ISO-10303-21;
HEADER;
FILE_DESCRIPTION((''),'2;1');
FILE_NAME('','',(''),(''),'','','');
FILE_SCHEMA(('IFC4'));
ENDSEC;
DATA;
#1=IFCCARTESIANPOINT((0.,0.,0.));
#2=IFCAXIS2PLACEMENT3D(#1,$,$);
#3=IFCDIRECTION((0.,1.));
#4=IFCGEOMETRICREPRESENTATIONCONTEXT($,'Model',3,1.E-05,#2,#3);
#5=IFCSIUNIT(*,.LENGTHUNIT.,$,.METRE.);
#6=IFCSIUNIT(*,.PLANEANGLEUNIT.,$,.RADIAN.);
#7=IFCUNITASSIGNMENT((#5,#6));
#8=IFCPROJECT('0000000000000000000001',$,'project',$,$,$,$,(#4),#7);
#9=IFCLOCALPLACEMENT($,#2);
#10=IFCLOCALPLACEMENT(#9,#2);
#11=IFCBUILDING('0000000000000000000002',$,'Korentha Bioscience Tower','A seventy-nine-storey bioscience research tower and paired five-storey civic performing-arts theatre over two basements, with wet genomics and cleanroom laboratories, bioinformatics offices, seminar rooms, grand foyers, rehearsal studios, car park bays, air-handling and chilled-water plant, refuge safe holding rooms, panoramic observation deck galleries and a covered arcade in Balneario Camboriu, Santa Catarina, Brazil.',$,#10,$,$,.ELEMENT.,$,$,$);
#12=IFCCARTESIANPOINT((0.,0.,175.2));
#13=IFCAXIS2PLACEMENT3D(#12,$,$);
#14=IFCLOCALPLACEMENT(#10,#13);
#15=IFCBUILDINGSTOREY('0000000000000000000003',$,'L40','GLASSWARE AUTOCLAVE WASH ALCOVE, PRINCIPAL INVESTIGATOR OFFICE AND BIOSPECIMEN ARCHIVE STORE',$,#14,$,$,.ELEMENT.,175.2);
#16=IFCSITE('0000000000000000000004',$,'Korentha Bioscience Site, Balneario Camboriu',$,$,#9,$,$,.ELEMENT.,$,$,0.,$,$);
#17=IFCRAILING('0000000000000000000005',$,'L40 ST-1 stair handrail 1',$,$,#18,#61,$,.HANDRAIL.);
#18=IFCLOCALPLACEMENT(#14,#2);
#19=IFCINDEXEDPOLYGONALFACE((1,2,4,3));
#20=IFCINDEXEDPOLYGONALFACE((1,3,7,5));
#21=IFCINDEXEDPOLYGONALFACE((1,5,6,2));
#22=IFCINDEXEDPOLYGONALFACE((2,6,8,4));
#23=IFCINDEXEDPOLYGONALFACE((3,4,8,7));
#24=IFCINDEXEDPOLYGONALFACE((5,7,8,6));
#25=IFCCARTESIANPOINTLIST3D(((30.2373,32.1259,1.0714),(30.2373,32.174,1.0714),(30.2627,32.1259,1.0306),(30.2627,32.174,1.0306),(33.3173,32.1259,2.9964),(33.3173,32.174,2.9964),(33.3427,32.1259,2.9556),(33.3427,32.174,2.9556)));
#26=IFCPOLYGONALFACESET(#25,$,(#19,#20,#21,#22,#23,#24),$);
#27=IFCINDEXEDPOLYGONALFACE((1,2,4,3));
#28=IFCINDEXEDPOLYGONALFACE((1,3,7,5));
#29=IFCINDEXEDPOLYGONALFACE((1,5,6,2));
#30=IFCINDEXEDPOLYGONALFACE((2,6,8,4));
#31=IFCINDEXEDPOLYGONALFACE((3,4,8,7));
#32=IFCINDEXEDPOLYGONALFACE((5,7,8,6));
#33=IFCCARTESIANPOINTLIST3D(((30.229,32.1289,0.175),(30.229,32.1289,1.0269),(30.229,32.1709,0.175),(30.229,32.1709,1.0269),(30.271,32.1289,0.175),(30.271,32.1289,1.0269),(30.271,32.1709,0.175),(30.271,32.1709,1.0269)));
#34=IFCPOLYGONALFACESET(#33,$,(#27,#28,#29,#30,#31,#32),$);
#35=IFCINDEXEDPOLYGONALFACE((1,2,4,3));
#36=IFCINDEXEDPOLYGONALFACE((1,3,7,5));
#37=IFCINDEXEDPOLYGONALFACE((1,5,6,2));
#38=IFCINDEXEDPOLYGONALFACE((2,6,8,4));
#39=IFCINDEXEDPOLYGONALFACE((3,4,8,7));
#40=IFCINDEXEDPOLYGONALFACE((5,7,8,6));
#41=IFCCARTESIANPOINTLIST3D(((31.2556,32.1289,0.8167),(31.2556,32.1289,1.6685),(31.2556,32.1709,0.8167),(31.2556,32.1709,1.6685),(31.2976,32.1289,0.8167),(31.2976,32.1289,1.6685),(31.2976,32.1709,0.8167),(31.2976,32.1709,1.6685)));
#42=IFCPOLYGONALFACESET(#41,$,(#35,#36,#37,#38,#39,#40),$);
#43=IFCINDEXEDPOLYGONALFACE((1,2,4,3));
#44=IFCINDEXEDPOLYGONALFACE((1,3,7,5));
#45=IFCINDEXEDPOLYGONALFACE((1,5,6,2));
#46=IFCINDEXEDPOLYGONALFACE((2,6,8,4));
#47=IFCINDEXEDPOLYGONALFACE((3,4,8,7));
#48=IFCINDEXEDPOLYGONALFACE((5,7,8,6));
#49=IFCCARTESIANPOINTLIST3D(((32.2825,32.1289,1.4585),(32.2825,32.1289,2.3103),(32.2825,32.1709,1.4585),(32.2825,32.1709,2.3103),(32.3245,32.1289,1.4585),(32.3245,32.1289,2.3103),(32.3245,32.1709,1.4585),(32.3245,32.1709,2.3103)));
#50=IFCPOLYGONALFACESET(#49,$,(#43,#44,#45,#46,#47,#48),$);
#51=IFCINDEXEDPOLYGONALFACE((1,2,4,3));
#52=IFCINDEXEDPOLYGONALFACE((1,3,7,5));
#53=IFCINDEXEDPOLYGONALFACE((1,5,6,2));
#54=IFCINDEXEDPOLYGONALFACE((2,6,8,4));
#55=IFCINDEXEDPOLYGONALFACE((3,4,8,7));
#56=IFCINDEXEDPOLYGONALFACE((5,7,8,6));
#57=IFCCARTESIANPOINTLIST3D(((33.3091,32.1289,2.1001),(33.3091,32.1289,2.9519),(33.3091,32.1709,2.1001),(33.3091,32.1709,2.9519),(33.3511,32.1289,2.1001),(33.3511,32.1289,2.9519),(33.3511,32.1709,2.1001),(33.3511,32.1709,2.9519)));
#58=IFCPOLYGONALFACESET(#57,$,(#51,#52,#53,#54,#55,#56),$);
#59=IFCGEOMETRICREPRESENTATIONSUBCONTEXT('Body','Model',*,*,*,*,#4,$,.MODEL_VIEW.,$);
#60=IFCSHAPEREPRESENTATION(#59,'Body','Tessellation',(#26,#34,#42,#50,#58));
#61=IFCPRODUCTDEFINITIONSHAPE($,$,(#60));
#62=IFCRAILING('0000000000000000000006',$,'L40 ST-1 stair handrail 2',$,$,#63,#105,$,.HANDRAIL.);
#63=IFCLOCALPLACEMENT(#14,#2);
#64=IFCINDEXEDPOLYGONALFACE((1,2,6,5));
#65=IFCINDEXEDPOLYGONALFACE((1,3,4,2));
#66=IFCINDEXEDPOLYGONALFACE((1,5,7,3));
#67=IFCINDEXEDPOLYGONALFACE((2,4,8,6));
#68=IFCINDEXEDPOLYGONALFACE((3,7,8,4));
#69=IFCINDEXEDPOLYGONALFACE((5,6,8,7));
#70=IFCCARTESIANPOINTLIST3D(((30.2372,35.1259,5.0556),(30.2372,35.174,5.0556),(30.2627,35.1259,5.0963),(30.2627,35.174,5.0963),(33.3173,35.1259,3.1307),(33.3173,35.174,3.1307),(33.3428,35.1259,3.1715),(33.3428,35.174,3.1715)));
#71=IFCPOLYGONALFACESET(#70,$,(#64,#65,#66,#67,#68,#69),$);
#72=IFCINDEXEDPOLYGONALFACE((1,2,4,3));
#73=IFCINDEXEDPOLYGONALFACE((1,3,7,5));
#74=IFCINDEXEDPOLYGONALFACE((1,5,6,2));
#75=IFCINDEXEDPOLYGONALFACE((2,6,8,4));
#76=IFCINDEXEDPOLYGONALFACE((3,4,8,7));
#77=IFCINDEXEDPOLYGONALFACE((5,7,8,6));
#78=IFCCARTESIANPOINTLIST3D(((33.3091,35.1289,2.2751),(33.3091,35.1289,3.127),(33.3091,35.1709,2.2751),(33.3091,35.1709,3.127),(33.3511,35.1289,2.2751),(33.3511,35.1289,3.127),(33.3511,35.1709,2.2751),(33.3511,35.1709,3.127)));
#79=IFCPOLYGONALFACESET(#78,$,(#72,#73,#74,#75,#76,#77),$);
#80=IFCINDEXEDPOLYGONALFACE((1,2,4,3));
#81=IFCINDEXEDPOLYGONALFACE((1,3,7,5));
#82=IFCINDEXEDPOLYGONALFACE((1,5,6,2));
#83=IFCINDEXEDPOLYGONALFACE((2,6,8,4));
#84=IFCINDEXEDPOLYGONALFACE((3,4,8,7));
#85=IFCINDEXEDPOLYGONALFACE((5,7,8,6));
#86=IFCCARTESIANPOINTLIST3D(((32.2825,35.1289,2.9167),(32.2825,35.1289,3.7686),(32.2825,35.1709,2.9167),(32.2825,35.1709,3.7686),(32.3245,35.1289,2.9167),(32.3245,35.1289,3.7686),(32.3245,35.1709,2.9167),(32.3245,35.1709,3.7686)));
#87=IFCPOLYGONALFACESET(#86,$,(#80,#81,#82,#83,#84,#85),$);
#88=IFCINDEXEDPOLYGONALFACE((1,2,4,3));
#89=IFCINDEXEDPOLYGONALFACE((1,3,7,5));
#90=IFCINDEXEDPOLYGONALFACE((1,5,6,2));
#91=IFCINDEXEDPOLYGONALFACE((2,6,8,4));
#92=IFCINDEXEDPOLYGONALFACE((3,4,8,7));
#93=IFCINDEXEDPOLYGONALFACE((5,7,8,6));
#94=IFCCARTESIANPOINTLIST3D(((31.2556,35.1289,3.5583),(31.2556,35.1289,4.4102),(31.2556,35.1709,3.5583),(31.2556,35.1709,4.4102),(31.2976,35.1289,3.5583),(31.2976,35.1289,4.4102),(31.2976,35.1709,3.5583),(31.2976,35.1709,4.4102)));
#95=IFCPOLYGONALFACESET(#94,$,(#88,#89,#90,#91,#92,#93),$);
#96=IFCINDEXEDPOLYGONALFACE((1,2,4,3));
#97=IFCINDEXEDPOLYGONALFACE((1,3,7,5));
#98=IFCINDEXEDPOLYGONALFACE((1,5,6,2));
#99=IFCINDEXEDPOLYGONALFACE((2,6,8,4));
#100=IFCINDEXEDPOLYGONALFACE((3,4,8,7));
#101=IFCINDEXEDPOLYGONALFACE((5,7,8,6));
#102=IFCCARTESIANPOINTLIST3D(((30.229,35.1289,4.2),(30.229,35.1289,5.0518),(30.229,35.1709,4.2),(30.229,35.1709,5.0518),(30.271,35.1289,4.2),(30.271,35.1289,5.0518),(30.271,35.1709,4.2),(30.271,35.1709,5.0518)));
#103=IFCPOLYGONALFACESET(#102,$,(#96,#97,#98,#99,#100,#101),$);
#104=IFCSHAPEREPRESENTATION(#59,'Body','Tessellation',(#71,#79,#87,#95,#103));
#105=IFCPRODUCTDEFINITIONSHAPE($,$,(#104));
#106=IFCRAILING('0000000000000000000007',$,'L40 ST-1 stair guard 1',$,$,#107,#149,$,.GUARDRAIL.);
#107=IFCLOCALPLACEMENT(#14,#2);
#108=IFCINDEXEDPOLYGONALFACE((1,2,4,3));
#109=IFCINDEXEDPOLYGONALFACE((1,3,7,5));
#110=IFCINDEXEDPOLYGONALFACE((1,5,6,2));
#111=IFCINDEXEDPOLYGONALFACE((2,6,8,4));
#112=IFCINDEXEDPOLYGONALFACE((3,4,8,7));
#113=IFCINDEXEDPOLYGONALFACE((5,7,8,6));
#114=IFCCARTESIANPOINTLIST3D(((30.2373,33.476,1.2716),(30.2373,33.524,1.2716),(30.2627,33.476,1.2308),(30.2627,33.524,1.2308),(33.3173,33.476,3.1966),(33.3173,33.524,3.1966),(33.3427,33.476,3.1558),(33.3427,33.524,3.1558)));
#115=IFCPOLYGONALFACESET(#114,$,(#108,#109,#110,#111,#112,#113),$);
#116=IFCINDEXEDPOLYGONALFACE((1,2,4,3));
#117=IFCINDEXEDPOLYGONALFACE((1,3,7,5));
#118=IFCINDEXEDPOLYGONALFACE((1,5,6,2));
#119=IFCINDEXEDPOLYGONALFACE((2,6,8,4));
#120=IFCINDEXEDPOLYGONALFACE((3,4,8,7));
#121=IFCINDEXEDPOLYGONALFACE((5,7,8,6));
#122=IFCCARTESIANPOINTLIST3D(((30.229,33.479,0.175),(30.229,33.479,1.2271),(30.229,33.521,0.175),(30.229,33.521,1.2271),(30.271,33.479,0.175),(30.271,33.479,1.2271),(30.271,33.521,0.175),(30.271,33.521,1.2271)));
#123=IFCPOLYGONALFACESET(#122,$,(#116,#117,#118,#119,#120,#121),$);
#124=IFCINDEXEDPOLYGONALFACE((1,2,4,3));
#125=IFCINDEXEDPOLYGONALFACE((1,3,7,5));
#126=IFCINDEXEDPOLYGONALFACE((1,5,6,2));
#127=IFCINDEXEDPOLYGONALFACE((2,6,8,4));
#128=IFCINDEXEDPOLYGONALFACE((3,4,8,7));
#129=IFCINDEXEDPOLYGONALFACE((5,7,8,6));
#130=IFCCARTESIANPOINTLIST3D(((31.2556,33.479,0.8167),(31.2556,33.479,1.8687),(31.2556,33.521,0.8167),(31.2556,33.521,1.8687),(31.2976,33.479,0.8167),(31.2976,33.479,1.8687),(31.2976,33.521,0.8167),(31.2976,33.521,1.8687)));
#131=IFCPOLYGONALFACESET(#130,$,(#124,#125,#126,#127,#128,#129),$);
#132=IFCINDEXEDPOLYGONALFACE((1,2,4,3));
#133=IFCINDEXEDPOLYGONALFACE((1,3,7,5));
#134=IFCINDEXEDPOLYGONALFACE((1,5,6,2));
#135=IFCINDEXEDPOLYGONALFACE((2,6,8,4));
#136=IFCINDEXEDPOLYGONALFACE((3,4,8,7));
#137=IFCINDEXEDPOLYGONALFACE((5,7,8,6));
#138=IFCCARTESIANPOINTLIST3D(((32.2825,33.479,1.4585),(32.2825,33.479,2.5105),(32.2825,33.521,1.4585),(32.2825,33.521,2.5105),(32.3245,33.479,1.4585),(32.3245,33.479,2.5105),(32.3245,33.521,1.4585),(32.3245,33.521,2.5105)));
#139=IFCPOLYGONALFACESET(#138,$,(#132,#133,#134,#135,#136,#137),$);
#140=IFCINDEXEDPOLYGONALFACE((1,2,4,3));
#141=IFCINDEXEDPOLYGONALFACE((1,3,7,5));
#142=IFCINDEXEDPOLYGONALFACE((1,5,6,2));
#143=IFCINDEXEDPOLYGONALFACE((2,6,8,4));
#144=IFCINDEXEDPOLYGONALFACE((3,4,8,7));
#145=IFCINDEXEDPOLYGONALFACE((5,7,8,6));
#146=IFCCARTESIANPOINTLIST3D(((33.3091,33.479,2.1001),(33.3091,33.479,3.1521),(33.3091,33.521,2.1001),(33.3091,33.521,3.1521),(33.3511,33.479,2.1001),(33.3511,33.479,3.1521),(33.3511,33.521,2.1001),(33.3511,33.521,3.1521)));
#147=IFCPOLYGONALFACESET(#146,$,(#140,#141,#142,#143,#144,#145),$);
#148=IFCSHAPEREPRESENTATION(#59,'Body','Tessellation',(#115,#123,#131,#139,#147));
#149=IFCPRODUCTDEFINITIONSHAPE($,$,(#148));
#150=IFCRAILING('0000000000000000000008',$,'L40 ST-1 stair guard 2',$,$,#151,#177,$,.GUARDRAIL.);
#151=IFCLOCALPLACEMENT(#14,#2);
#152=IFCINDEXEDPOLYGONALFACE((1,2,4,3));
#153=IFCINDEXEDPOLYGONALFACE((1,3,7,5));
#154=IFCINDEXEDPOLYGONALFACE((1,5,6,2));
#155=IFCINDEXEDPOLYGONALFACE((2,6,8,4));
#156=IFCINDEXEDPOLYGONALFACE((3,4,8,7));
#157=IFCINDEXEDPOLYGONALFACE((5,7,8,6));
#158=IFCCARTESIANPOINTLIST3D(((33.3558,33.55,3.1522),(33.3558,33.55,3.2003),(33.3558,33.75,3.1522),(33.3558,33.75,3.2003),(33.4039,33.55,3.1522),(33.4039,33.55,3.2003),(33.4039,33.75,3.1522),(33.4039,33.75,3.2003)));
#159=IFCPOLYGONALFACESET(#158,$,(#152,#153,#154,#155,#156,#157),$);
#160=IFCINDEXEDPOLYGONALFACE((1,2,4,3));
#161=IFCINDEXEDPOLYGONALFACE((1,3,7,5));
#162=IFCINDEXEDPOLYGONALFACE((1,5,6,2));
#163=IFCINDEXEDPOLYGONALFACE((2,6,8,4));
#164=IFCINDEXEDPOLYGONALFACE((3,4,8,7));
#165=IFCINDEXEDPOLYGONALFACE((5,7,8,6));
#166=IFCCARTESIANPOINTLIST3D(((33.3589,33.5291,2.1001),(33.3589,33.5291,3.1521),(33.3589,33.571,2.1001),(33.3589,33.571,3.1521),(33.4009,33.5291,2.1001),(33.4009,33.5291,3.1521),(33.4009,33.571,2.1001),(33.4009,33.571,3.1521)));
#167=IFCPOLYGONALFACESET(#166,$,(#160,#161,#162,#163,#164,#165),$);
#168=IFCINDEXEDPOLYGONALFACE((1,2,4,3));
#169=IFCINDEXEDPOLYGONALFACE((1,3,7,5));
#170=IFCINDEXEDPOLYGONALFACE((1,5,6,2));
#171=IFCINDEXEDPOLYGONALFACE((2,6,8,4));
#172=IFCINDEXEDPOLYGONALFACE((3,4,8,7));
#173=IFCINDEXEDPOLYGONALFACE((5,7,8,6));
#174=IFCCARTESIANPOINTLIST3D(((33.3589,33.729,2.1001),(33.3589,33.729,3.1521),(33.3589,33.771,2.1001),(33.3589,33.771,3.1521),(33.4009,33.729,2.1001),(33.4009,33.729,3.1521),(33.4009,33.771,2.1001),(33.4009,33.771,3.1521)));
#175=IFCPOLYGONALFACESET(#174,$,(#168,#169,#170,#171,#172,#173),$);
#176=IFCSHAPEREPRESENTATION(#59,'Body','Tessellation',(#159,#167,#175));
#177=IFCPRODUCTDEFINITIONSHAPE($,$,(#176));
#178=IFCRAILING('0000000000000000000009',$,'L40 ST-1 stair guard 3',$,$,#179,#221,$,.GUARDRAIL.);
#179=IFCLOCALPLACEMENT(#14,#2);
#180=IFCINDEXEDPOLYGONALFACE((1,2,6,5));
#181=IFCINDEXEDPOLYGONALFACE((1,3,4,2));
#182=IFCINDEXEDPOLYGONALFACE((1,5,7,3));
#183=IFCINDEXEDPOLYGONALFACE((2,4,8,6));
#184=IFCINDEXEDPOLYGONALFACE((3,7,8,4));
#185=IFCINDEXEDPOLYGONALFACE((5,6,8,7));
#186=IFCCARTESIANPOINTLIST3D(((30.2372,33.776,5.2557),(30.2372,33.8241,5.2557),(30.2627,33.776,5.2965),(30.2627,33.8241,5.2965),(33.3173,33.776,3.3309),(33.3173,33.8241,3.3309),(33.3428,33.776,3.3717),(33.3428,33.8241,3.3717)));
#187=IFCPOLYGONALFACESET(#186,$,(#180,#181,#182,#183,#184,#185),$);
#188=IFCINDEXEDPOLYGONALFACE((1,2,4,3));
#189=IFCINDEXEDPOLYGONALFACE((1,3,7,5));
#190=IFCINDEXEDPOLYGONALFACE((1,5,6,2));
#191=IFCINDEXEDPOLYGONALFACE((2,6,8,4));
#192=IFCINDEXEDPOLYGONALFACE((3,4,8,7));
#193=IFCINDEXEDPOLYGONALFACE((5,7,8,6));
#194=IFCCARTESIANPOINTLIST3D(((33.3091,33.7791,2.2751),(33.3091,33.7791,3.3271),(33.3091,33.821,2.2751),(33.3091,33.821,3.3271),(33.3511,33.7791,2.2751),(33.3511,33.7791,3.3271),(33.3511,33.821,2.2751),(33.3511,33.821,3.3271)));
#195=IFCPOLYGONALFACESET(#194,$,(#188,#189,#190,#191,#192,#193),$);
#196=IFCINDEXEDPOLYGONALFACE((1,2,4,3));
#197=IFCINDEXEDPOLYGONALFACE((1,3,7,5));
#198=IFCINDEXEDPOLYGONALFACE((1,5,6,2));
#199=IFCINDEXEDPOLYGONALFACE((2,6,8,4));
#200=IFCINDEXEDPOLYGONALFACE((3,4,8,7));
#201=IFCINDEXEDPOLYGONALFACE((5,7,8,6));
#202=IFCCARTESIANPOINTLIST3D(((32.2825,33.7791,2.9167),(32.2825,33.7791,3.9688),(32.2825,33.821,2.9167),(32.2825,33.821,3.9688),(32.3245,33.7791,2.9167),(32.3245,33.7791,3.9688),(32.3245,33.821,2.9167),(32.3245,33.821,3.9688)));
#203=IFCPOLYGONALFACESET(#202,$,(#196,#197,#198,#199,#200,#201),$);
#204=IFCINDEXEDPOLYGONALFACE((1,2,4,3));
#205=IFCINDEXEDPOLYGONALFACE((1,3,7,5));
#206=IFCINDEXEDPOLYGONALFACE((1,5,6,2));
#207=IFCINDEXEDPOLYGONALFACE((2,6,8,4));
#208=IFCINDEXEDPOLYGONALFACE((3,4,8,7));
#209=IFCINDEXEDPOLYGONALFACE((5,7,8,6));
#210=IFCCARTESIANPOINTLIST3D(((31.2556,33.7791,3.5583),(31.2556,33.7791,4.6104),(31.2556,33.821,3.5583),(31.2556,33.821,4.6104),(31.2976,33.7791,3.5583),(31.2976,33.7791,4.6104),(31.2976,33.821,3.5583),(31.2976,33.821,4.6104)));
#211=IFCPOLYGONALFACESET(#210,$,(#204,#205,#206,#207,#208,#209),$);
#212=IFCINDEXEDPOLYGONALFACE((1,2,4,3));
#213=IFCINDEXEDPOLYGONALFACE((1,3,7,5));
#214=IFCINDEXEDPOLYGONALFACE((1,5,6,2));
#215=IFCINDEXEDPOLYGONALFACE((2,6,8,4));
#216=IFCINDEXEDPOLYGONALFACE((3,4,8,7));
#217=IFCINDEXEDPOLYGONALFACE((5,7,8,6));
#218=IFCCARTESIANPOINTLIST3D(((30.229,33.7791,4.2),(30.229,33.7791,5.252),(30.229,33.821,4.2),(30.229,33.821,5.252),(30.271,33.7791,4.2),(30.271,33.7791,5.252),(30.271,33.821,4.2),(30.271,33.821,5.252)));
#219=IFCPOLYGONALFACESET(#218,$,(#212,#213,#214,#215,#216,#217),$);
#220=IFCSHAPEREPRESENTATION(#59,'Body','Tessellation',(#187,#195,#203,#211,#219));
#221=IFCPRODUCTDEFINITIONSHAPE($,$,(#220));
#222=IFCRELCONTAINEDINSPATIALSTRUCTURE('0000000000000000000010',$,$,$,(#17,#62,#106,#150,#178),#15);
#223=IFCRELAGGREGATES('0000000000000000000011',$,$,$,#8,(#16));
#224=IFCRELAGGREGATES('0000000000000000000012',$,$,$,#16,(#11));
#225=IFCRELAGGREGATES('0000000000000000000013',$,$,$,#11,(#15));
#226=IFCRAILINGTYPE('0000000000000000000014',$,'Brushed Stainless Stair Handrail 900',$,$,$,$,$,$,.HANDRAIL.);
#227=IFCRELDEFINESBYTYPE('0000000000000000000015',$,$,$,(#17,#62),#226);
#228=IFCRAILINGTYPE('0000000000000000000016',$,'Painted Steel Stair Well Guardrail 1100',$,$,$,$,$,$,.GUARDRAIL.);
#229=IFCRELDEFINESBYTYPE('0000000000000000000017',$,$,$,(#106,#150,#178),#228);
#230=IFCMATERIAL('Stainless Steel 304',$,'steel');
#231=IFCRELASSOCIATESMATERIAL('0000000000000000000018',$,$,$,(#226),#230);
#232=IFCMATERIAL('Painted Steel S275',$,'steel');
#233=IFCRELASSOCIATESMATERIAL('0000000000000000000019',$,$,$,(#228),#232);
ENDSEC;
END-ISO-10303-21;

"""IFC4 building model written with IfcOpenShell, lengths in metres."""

from ifc_helpers import new_model, si_unit, direction, frame, origin, origin_2d, place, context, subcontext, project, spatial, rectangle, extrude, material, type_object, element, save


model = new_model("IFC4")

# Units and contexts
model_context = context("Model", 3, precision=1e-05, world=origin(), true_north=direction((0.0, 1.0)))
body_context = subcontext(model_context, "Body", "Model", "MODEL_VIEW")
ifc_project = project(units=[si_unit("LENGTHUNIT", "METRE"), si_unit("PLANEANGLEUNIT", "RADIAN")], contexts=[model_context])

# Site, building, storey
site_placement = place(None, origin())
site = spatial("IfcSite", under=ifc_project, at=site_placement, Name="Korentha Bioscience Site, Balneario Camboriu", CompositionType="ELEMENT", RefElevation=0.0)
building_placement = place(site_placement, origin())
building = spatial("IfcBuilding", under=site, at=building_placement, Name="Korentha Bioscience Tower", Description="A seventy-nine-storey bioscience research tower and paired five-storey civic performing-arts theatre over two basements, with wet genomics and cleanroom laboratories, bioinformatics offices, seminar rooms, grand foyers, rehearsal studios, car park bays, air-handling and chilled-water plant, refuge safe holding rooms, panoramic observation deck galleries and a covered arcade in Balneario Camboriu, Santa Catarina, Brazil.", CompositionType="ELEMENT")
storey_placement = place(building_placement, frame((0.0, 0.0, 175.2)))
storey = spatial("IfcBuildingStorey", under=building, at=storey_placement, Name="L40", Description="GLASSWARE AUTOCLAVE WASH ALCOVE, PRINCIPAL INVESTIGATOR OFFICE AND BIOSPECIMEN ARCHIVE STORE", CompositionType="ELEMENT", Elevation=175.2)

# Railings
ifc_material_1 = material(Name="Stainless Steel 304", Category="steel")
railing_type_1 = type_object("IfcRailingType", Name="Brushed Stainless Stair Handrail 900", PredefinedType="HANDRAIL", material=ifc_material_1)
railing_1_placement = place(storey_placement, frame((30.25, 32.1499, 0.175)))
element("IfcRailing", 1, at=railing_1_placement, inside=storey, type_object=railing_type_1, Name="L40 ST-1 stair handrail 1", PredefinedType="HANDRAIL", context=body_context, shape_type="SweptSolid", body=[
    extrude(rectangle(XDim=0.0481, YDim=0.0481, at=origin_2d()), frame((0.0, 0.0, 0.876), z_axis=(0.847998, 0.0, 0.529999), x_axis=(0.0, 1.0, 0.0)), (0.0, 0.0, 1.0), 3.6321),
    extrude(rectangle(XDim=0.042, YDim=0.042, at=origin_2d()), origin(), (0.0, 0.0, 1.0), 0.8518),
    extrude(rectangle(XDim=0.042, YDim=0.042, at=origin_2d()), frame((1.0266, 0.0, 0.6416)), (0.0, 0.0, 1.0), 0.8518),
    extrude(rectangle(XDim=0.042, YDim=0.042, at=origin_2d()), frame((2.0535, 0.0, 1.2834)), (0.0, 0.0, 1.0), 0.8518),
    extrude(rectangle(XDim=0.042, YDim=0.042, at=origin_2d()), frame((3.0801, 0.0, 1.925)), (0.0, 0.0, 1.0), 0.8518),
])
railing_2_placement = place(storey_placement, frame((33.3301, 35.1499, 2.2751)))
element("IfcRailing", 2, at=railing_2_placement, inside=storey, type_object=railing_type_1, Name="L40 ST-1 stair handrail 2", PredefinedType="HANDRAIL", context=body_context, shape_type="SweptSolid", body=[
    extrude(rectangle(XDim=0.0481, YDim=0.0481, at=origin_2d()), frame((0.0, 0.0, 0.876), z_axis=(-0.848029, 0.0, 0.529951), x_axis=(0.0, -1.0, 0.0)), (0.0, 0.0, 1.0), 3.6321),
    extrude(rectangle(XDim=0.042, YDim=0.042, at=origin_2d()), origin(), (0.0, 0.0, 1.0), 0.8518),
    extrude(rectangle(XDim=0.042, YDim=0.042, at=origin_2d()), frame((-1.0266, 0.0, 0.6416)), (0.0, 0.0, 1.0), 0.8518),
    extrude(rectangle(XDim=0.042, YDim=0.042, at=origin_2d()), frame((-2.0535, 0.0, 1.2832)), (0.0, 0.0, 1.0), 0.8518),
    extrude(rectangle(XDim=0.042, YDim=0.042, at=origin_2d()), frame((-3.0801, 0.0, 1.9248)), (0.0, 0.0, 1.0), 0.8518),
])
ifc_material_2 = material(Name="Painted Steel S275", Category="steel")
railing_type_2 = type_object("IfcRailingType", Name="Painted Steel Stair Well Guardrail 1100", PredefinedType="GUARDRAIL", material=ifc_material_2)
railing_3_placement = place(storey_placement, frame((30.25, 33.5, 0.175)))
element("IfcRailing", 3, at=railing_3_placement, inside=storey, type_object=railing_type_2, Name="L40 ST-1 stair guard 1", PredefinedType="GUARDRAIL", context=body_context, shape_type="SweptSolid", body=[
    extrude(rectangle(XDim=0.0481, YDim=0.0481, at=origin_2d()), frame((0.0, 0.0, 1.0762), z_axis=(0.847998, 0.0, 0.529999), x_axis=(0.0, 1.0, 0.0)), (0.0, 0.0, 1.0), 3.6321),
    extrude(rectangle(XDim=0.042, YDim=0.042, at=origin_2d()), origin(), (0.0, 0.0, 1.0), 1.052),
    extrude(rectangle(XDim=0.042, YDim=0.042, at=origin_2d()), frame((1.0266, 0.0, 0.6416)), (0.0, 0.0, 1.0), 1.052),
    extrude(rectangle(XDim=0.042, YDim=0.042, at=origin_2d()), frame((2.0535, 0.0, 1.2834)), (0.0, 0.0, 1.0), 1.052),
    extrude(rectangle(XDim=0.042, YDim=0.042, at=origin_2d()), frame((3.0801, 0.0, 1.925)), (0.0, 0.0, 1.0), 1.052),
])
railing_4_placement = place(storey_placement, frame((33.3799, 33.55, 2.1001)))
element("IfcRailing", 4, at=railing_4_placement, inside=storey, type_object=railing_type_2, Name="L40 ST-1 stair guard 2", PredefinedType="GUARDRAIL", context=body_context, shape_type="SweptSolid", body=[
    extrude(rectangle(XDim=0.0481, YDim=0.0481, at=origin_2d()), frame((0.0, 0.0, 1.0762), z_axis=(0.0, 1.0, 0.0), x_axis=(-1.0, 0.0, 0.0)), (0.0, 0.0, 1.0), 0.2),
    extrude(rectangle(XDim=0.042, YDim=0.042, at=origin_2d()), origin(), (0.0, 0.0, 1.0), 1.052),
    extrude(rectangle(XDim=0.042, YDim=0.042, at=origin_2d()), frame((0.0, 0.2, 0.0)), (0.0, 0.0, 1.0), 1.052),
])
railing_5_placement = place(storey_placement, frame((33.3301, 33.8, 2.2751)))
element("IfcRailing", 5, at=railing_5_placement, inside=storey, type_object=railing_type_2, Name="L40 ST-1 stair guard 3", PredefinedType="GUARDRAIL", context=body_context, shape_type="SweptSolid", body=[
    extrude(rectangle(XDim=0.0481, YDim=0.0481, at=origin_2d()), frame((0.0, 0.0, 1.0762), z_axis=(-0.848029, 0.0, 0.529951), x_axis=(0.0, -1.0, 0.0)), (0.0, 0.0, 1.0), 3.6321),
    extrude(rectangle(XDim=0.042, YDim=0.042, at=origin_2d()), origin(), (0.0, 0.0, 1.0), 1.052),
    extrude(rectangle(XDim=0.042, YDim=0.042, at=origin_2d()), frame((-1.0266, 0.0, 0.6416)), (0.0, 0.0, 1.0), 1.052),
    extrude(rectangle(XDim=0.042, YDim=0.042, at=origin_2d()), frame((-2.0535, 0.0, 1.2832)), (0.0, 0.0, 1.0), 1.052),
    extrude(rectangle(XDim=0.042, YDim=0.042, at=origin_2d()), frame((-3.0801, 0.0, 1.9248)), (0.0, 0.0, 1.0), 1.052),
])

save(model, "model.ifc")
